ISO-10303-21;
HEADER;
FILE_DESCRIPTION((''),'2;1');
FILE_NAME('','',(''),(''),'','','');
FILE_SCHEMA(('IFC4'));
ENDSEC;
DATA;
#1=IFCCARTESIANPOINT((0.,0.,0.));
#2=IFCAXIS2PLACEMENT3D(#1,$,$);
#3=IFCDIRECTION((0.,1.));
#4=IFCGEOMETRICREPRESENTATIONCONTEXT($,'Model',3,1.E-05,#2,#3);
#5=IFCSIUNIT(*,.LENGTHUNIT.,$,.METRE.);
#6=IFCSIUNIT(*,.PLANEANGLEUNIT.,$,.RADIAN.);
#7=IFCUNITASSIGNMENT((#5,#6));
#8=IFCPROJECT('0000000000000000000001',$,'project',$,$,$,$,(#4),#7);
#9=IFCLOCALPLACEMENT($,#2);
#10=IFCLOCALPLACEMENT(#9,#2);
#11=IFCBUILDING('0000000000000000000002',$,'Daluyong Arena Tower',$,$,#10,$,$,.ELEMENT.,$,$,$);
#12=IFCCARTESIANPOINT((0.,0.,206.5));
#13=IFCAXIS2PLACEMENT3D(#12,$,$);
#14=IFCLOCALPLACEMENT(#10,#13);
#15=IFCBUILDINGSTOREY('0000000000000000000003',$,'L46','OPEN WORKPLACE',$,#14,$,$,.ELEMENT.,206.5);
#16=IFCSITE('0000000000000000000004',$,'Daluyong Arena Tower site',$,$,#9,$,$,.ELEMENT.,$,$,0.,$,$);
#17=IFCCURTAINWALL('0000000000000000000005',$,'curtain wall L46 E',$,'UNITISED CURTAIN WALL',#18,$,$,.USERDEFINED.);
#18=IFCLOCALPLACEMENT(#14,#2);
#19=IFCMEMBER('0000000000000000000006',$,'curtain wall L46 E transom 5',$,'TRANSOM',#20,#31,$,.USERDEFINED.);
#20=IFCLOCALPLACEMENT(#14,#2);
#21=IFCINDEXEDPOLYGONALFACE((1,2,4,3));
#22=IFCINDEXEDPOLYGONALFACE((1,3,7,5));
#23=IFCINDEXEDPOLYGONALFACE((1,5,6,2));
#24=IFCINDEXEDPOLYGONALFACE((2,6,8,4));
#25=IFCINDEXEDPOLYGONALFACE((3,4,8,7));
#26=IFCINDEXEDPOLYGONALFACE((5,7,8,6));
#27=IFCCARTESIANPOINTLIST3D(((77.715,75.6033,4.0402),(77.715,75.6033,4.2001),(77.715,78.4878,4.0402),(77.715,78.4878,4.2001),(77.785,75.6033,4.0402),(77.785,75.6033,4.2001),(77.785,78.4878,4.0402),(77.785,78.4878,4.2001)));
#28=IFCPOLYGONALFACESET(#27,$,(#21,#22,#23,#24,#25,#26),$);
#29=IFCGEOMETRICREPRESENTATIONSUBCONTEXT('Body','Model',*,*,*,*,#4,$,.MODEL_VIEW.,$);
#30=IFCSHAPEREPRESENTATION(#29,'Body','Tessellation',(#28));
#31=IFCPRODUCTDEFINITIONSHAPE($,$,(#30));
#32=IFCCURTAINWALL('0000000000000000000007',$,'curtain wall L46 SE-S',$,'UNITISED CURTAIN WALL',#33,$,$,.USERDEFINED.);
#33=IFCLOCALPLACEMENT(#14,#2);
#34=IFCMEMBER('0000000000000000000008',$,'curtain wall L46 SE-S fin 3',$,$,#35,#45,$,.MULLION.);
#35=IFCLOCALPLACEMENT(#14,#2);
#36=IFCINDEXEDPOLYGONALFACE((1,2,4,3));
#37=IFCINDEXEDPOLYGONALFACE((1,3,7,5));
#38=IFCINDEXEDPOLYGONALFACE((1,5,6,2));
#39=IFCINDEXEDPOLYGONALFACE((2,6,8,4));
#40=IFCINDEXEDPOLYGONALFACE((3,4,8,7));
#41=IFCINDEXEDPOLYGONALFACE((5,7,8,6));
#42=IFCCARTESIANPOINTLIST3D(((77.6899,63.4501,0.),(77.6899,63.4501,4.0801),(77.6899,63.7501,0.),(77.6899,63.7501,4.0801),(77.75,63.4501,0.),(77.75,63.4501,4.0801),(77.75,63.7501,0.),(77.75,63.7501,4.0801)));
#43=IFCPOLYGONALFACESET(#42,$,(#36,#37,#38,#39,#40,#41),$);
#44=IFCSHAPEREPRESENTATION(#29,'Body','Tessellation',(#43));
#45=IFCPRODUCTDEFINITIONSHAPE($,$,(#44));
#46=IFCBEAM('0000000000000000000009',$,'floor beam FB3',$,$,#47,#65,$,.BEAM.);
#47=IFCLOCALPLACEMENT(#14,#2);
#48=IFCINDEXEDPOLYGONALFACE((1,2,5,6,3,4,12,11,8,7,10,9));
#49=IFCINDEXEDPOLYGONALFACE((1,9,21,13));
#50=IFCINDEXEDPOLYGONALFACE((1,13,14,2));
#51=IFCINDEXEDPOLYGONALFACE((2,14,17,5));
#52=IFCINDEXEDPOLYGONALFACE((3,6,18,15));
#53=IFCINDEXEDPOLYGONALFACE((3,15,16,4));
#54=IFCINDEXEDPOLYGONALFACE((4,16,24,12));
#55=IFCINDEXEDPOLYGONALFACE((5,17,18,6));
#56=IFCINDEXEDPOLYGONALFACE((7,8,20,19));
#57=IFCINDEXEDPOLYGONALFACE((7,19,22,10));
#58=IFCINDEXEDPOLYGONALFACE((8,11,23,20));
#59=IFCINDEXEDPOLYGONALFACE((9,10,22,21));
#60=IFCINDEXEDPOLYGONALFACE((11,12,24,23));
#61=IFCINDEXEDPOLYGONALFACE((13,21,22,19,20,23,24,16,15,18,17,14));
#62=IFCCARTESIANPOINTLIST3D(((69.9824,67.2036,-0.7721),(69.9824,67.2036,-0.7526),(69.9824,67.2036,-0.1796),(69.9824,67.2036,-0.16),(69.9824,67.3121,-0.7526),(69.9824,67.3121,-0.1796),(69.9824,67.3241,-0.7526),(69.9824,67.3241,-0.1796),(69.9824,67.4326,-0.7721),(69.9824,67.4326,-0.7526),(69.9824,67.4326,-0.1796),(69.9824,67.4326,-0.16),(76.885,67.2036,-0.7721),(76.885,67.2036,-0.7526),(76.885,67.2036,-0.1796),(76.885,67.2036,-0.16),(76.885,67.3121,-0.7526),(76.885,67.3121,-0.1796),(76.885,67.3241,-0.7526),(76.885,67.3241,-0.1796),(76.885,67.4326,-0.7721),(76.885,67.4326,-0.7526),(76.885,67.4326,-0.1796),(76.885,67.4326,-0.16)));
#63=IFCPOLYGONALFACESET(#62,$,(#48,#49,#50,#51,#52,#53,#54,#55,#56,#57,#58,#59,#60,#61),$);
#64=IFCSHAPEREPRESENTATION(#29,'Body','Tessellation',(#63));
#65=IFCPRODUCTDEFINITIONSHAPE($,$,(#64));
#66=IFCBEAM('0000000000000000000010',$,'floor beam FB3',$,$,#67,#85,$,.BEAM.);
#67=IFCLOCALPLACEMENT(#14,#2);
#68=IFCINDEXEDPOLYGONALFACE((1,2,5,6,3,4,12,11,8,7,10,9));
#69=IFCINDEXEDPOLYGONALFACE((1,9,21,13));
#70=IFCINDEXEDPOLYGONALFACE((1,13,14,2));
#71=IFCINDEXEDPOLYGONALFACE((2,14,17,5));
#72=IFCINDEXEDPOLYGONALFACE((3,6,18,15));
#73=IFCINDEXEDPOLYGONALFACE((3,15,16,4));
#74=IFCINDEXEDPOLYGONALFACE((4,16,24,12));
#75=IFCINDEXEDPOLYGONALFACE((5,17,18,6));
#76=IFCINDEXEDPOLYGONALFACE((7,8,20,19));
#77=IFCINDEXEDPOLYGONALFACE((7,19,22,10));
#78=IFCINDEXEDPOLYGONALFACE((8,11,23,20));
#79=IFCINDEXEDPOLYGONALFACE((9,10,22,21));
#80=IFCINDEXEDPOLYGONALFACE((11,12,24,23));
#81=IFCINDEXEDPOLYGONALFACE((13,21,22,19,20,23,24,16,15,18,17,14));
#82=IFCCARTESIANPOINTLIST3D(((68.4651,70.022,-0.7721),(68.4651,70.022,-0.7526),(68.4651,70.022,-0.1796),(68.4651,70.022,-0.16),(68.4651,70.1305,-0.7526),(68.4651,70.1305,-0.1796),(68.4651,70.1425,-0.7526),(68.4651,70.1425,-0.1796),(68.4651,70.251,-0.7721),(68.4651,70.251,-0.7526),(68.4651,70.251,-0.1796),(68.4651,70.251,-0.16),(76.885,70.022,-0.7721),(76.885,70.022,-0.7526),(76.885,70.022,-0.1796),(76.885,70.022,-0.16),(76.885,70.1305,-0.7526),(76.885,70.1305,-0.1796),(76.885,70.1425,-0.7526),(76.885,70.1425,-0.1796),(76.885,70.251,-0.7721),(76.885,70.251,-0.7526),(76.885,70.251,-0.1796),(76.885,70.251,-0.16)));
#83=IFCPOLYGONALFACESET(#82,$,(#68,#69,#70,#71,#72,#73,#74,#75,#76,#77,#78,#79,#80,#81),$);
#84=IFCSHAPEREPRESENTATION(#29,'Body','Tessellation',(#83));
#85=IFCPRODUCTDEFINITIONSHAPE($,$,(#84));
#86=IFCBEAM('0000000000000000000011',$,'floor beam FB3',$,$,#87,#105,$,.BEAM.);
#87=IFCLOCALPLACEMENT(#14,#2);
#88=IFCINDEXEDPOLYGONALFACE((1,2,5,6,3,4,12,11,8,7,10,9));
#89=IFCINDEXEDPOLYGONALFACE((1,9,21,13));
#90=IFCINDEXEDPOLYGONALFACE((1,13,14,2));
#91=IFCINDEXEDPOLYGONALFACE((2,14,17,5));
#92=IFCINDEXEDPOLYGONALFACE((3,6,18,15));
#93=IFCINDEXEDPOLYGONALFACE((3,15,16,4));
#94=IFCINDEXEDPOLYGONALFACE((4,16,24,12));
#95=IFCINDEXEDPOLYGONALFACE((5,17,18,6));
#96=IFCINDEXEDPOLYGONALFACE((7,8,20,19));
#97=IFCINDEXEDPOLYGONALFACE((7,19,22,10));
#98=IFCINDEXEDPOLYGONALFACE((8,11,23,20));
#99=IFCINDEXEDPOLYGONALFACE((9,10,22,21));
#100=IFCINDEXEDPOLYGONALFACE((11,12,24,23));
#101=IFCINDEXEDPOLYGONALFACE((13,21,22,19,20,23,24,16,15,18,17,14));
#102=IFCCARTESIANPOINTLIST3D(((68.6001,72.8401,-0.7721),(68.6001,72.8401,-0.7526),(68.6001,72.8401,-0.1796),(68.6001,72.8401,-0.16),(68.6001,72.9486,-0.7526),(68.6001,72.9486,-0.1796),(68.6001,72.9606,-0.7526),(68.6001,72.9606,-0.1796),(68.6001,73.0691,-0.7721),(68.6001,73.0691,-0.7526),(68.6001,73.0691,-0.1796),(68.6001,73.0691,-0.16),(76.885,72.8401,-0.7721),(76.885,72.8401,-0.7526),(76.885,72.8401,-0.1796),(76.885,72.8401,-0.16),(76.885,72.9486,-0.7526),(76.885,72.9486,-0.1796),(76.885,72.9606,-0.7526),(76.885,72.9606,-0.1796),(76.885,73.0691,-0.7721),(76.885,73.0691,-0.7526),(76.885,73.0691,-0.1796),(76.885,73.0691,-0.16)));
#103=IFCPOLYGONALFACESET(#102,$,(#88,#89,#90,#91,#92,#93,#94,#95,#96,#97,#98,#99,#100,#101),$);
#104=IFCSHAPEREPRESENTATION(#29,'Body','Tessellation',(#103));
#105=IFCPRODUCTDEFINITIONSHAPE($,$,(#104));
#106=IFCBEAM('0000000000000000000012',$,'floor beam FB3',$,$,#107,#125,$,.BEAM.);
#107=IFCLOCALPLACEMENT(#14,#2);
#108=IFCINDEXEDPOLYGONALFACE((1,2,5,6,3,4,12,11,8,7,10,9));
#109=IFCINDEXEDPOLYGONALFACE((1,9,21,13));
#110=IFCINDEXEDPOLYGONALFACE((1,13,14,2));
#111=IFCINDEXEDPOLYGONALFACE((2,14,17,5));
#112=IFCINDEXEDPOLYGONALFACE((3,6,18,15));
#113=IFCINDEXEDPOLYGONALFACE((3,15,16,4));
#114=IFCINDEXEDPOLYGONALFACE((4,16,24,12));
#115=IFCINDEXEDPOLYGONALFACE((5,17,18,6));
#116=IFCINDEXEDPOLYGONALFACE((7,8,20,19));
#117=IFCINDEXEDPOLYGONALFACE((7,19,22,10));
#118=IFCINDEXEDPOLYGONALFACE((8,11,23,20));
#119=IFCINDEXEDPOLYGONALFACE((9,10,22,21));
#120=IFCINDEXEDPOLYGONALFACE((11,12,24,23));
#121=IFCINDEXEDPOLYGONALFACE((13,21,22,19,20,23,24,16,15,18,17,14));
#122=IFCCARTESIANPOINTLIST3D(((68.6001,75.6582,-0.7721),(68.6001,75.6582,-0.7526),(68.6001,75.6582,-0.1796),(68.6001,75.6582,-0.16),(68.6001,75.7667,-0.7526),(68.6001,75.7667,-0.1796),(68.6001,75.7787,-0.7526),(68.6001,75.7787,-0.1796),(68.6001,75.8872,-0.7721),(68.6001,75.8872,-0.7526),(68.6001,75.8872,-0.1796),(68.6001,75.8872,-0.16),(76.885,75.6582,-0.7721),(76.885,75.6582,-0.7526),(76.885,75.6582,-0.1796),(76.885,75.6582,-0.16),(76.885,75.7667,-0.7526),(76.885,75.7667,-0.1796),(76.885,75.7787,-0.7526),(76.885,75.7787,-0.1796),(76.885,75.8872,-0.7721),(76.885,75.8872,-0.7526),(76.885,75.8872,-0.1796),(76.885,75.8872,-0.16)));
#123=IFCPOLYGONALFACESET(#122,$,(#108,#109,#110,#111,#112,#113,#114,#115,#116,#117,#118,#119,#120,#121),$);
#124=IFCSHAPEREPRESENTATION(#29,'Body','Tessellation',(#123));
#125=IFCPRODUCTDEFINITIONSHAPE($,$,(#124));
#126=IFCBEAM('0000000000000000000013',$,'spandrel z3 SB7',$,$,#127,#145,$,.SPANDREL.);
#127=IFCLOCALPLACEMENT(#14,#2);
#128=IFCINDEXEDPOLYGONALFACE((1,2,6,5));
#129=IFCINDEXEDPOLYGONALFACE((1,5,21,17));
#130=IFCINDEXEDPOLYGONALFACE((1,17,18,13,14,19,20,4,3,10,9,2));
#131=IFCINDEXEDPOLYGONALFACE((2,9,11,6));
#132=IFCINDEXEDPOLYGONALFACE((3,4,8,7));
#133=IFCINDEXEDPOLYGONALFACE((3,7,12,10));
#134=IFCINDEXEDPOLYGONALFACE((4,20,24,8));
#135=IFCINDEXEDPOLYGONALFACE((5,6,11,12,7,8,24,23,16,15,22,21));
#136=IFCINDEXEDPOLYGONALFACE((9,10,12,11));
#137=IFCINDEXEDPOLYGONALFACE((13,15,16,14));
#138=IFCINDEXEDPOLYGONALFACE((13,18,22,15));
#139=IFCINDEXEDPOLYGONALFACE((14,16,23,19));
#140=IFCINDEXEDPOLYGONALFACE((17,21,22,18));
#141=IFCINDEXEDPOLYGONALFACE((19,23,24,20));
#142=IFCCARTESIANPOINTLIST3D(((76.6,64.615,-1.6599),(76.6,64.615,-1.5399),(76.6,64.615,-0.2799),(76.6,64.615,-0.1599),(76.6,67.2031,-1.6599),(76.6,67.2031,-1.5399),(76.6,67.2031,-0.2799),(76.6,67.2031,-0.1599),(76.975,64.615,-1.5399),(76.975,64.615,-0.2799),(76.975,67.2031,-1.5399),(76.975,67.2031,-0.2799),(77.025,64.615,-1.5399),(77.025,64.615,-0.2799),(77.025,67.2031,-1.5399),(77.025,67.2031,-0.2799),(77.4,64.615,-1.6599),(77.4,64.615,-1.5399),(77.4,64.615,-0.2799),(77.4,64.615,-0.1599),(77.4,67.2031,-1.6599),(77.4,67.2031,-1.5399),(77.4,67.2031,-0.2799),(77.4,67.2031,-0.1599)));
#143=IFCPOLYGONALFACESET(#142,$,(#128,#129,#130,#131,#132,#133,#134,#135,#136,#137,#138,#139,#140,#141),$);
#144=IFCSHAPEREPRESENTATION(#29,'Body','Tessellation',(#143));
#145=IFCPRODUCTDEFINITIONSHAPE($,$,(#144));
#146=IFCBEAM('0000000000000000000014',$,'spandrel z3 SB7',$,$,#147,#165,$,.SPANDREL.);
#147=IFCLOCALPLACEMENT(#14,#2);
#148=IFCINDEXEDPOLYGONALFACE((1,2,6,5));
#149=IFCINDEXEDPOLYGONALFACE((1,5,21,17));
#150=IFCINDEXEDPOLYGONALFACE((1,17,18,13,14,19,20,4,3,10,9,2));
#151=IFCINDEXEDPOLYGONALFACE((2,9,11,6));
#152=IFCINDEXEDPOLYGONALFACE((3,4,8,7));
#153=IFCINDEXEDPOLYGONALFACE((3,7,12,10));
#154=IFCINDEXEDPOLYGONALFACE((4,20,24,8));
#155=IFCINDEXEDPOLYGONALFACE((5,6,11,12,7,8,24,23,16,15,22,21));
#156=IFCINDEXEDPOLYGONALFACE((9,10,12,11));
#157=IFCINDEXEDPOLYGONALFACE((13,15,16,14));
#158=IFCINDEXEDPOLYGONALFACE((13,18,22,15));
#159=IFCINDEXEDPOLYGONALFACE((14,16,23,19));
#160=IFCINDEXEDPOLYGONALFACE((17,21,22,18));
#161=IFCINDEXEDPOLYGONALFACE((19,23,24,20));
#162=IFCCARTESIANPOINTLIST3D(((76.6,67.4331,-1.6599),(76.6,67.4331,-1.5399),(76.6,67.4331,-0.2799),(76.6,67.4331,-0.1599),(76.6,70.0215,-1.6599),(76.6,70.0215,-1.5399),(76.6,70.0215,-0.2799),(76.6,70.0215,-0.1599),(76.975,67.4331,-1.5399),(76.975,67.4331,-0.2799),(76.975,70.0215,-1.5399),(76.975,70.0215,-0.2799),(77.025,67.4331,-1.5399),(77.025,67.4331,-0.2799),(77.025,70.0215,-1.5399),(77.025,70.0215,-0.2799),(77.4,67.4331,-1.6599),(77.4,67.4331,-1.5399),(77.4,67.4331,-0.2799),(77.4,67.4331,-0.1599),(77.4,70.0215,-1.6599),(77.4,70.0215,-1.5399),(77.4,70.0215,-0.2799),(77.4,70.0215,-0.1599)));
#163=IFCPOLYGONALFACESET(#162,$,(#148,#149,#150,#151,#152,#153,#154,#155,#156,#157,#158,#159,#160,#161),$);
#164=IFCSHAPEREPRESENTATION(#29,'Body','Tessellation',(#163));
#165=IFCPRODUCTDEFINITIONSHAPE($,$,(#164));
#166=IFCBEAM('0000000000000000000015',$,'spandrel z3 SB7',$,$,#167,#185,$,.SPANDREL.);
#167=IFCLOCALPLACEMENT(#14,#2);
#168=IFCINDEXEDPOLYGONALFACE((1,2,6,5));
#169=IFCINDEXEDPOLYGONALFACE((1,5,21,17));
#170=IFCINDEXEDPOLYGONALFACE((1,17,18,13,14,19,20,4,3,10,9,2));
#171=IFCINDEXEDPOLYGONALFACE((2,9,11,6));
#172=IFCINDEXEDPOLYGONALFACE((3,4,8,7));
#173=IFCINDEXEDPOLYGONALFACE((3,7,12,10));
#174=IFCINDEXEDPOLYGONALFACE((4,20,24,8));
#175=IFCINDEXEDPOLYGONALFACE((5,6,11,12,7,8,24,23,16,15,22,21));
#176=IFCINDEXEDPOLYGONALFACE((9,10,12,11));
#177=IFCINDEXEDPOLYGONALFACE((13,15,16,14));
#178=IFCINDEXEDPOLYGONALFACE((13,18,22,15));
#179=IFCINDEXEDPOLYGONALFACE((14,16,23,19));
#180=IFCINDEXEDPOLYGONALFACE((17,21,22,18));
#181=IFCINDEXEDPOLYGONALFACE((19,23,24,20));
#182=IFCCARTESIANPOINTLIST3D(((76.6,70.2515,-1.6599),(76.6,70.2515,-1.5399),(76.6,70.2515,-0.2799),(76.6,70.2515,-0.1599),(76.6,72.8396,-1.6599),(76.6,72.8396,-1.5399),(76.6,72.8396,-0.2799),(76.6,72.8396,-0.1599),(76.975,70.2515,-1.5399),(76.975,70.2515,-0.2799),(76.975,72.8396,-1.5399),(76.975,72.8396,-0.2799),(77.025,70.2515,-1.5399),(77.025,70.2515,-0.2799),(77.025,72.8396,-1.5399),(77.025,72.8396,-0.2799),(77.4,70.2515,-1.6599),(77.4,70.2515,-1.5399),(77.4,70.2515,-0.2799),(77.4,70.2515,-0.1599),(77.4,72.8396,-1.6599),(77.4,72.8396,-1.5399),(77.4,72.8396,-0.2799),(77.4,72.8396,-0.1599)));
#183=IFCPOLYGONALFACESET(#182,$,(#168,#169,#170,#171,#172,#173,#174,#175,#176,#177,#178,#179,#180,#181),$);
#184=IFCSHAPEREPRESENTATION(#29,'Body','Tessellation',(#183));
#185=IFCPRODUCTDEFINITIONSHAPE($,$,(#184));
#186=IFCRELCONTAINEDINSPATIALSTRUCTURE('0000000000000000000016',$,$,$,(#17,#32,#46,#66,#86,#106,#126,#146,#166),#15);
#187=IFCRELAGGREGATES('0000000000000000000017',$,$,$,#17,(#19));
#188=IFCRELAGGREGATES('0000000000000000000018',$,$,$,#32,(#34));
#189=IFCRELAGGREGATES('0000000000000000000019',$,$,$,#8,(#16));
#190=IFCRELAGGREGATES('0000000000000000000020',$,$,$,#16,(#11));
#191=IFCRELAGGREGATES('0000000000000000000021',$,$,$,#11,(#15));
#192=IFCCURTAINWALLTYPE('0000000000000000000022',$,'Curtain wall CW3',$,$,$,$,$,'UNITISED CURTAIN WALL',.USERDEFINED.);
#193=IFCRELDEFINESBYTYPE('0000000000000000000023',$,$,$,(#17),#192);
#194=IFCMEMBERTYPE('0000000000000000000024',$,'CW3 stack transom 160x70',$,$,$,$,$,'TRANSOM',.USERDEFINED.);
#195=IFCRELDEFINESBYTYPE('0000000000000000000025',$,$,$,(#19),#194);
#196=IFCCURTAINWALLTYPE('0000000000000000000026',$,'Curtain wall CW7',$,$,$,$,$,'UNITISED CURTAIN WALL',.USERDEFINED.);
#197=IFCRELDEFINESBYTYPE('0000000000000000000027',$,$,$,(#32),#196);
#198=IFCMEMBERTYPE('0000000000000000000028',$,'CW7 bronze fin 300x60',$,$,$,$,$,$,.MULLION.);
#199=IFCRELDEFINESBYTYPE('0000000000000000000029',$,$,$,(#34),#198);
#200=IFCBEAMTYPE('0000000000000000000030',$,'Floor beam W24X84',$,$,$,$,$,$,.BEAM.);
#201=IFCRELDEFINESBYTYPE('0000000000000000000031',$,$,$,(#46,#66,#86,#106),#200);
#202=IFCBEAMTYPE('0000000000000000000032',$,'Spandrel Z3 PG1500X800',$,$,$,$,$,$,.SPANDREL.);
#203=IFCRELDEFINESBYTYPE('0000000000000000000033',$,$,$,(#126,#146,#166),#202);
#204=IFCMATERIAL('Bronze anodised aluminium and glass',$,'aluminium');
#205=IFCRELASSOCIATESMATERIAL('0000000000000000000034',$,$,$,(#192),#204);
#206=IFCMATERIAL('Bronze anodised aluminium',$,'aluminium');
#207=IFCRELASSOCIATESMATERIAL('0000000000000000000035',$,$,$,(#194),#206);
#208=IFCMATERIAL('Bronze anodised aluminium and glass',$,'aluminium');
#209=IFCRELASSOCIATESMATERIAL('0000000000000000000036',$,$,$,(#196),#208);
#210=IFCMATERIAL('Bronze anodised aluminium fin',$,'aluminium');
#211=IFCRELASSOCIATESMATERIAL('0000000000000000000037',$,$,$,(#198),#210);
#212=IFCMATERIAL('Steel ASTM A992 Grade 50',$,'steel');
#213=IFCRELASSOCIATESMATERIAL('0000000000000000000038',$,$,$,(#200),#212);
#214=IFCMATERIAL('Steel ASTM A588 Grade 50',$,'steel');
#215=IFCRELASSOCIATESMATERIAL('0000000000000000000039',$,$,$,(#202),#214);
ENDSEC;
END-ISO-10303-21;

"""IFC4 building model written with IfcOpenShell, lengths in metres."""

from ifc_helpers import new_model, si_unit, direction, frame, origin, origin_2d, place, context, subcontext, project, spatial, rectangle, i_section, extrude, material, material_profile, profile_set, type_object, element, aggregate, save


model = new_model("IFC4")

# Units and contexts
model_context = context("Model", 3, precision=1e-05, world=origin(), true_north=direction((0.0, 1.0)))
body_context = subcontext(model_context, "Body", "Model", "MODEL_VIEW")
ifc_project = project(units=[si_unit("LENGTHUNIT", "METRE"), si_unit("PLANEANGLEUNIT", "RADIAN")], contexts=[model_context])

# Site, building, storey
site_placement = place(None, origin())
site = spatial("IfcSite", under=ifc_project, at=site_placement, Name="Daluyong Arena Tower site", CompositionType="ELEMENT", RefElevation=0.0)
building_placement = place(site_placement, origin())
building = spatial("IfcBuilding", under=site, at=building_placement, Name="Daluyong Arena Tower", CompositionType="ELEMENT")
storey_placement = place(building_placement, frame((0.0, 0.0, 206.5)))
storey = spatial("IfcBuildingStorey", under=building, at=storey_placement, Name="L46", Description="OPEN WORKPLACE", CompositionType="ELEMENT", Elevation=206.5)

# Curtain wall, member
ifc_material_1 = material(Name="Bronze anodised aluminium and glass", Category="aluminium")
curtain_wall_type_1 = type_object("IfcCurtainWallType", Name="Curtain wall CW3", ElementType="UNITISED CURTAIN WALL", PredefinedType="USERDEFINED", material=ifc_material_1)
curtain_wall_1_placement = place(storey_placement, origin())
curtain_wall_1 = element("IfcCurtainWall", 1, at=curtain_wall_1_placement, inside=storey, type_object=curtain_wall_type_1, Name="curtain wall L46 E", ObjectType="UNITISED CURTAIN WALL", PredefinedType="USERDEFINED")
ifc_material_2 = material(Name="Bronze anodised aluminium", Category="aluminium")
ifc_material_profile_1 = material_profile(ifc_material_2, rectangle(XDim=0.0701, YDim=0.1599, at=origin_2d()))
ifc_profile_set_1 = profile_set([ifc_material_profile_1], Name="Bronze anodised aluminium")
member_type_1 = type_object("IfcMemberType", Name="CW3 stack transom 160x70", ElementType="TRANSOM", PredefinedType="USERDEFINED", material=ifc_profile_set_1)
member_1_placement = place(storey_placement, frame((77.75, 75.6033, 4.1201), z_axis=(0.0, 1.0, 0.0), x_axis=(-1.0, 0.0, 0.0)))
member_1 = element("IfcMember", 2, at=member_1_placement, type_object=member_type_1, Name="curtain wall L46 E transom 5", ObjectType="TRANSOM", PredefinedType="USERDEFINED", context=body_context, shape_type="SweptSolid", body=[
    extrude(rectangle(XDim=0.0701, YDim=0.1599, at=origin_2d()), origin(), (0.0, 0.0, 1.0), 2.8845),
])

# Curtain wall, member
ifc_material_3 = material(Name="Bronze anodised aluminium and glass", Category="aluminium")
curtain_wall_type_2 = type_object("IfcCurtainWallType", Name="Curtain wall CW7", ElementType="UNITISED CURTAIN WALL", PredefinedType="USERDEFINED", material=ifc_material_3)
curtain_wall_2_placement = place(storey_placement, origin())
curtain_wall_2 = element("IfcCurtainWall", 3, at=curtain_wall_2_placement, inside=storey, type_object=curtain_wall_type_2, Name="curtain wall L46 SE-S", ObjectType="UNITISED CURTAIN WALL", PredefinedType="USERDEFINED")
ifc_material_4 = material(Name="Bronze anodised aluminium fin", Category="aluminium")
ifc_material_profile_2 = material_profile(ifc_material_4, rectangle(XDim=0.3, YDim=0.0601, at=origin_2d()))
ifc_profile_set_2 = profile_set([ifc_material_profile_2], Name="Bronze anodised aluminium fin")
member_type_2 = type_object("IfcMemberType", Name="CW7 bronze fin 300x60", PredefinedType="MULLION", material=ifc_profile_set_2)
member_2_placement = place(storey_placement, frame((77.72, 63.6001, 0.0), z_axis=(0.0, 0.0, 1.0), x_axis=(0.0, 1.0, 0.0)))
member_2 = element("IfcMember", 4, at=member_2_placement, type_object=member_type_2, Name="curtain wall L46 SE-S fin 3", PredefinedType="MULLION", context=body_context, shape_type="SweptSolid", body=[
    extrude(rectangle(XDim=0.3, YDim=0.0601, at=origin_2d()), origin(), (0.0, 0.0, 1.0), 4.0801),
])

# Beams
ifc_material_5 = material(Name="Steel ASTM A992 Grade 50", Category="steel")
ifc_material_profile_3 = material_profile(ifc_material_5, i_section(OverallWidth=0.229, OverallDepth=0.6121, WebThickness=0.012, FlangeThickness=0.0195, at=origin_2d()))
ifc_profile_set_3 = profile_set([ifc_material_profile_3], Name="Steel ASTM A992 Grade 50")
beam_type_1 = type_object("IfcBeamType", Name="Floor beam W24X84", PredefinedType="BEAM", material=ifc_profile_set_3)
beam_1_placement = place(storey_placement, frame((76.885, 67.3181, -0.4661), z_axis=(-1.0, 0.0, 0.0), x_axis=(0.0, -1.0, 0.0)))
element("IfcBeam", 5, at=beam_1_placement, inside=storey, type_object=beam_type_1, Name="floor beam FB3", PredefinedType="BEAM", context=body_context, shape_type="SweptSolid", body=[
    extrude(i_section(OverallWidth=0.229, OverallDepth=0.6121, WebThickness=0.012, FlangeThickness=0.0195, at=origin_2d()), origin(), (0.0, 0.0, 1.0), 6.9026),
])
beam_2_placement = place(storey_placement, frame((76.885, 70.1365, -0.4661), z_axis=(-1.0, 0.0, 0.0), x_axis=(0.0, -1.0, 0.0)))
element("IfcBeam", 6, at=beam_2_placement, inside=storey, type_object=beam_type_1, Name="floor beam FB3", PredefinedType="BEAM", context=body_context, shape_type="SweptSolid", body=[
    extrude(i_section(OverallWidth=0.229, OverallDepth=0.6121, WebThickness=0.012, FlangeThickness=0.0195, at=origin_2d()), origin(), (0.0, 0.0, 1.0), 8.4199),
])
for number, where, z_axis, x_axis, name in (
    (7, (76.885, 72.9546, -0.4661), (-1.0, 0.0, 0.0), (0.0, -1.0, 0.0), "floor beam FB3"),
    (8, (76.885, 75.7727, -0.4661), (-1.0, 0.0, 0.0), (0.0, -1.0, 0.0), "floor beam FB3"),
):
    element("IfcBeam", number, at=place(storey_placement, frame(where, z_axis=z_axis, x_axis=x_axis)), inside=storey, type_object=beam_type_1, Name=name, PredefinedType="BEAM", context=body_context, shape_type="SweptSolid", body=[
        extrude(i_section(OverallWidth=0.229, OverallDepth=0.6121, WebThickness=0.012, FlangeThickness=0.0195, at=origin_2d()), origin(), (0.0, 0.0, 1.0), 8.2849),
    ])
ifc_material_6 = material(Name="Steel ASTM A588 Grade 50", Category="steel")
ifc_material_profile_4 = material_profile(ifc_material_6, i_section(OverallWidth=0.8, OverallDepth=1.5, WebThickness=0.05, FlangeThickness=0.12, at=origin_2d()))
ifc_profile_set_4 = profile_set([ifc_material_profile_4], Name="Steel ASTM A588 Grade 50")
beam_type_2 = type_object("IfcBeamType", Name="Spandrel Z3 PG1500X800", PredefinedType="SPANDREL", material=ifc_profile_set_4)
beam_3_placement = place(storey_placement, frame((77.0, 64.615, -0.9099), z_axis=(0.0, 1.0, 0.0), x_axis=(-1.0, 0.0, 0.0)))
element("IfcBeam", 9, at=beam_3_placement, inside=storey, type_object=beam_type_2, Name="spandrel z3 SB7", PredefinedType="SPANDREL", context=body_context, shape_type="SweptSolid", body=[
    extrude(i_section(OverallWidth=0.8, OverallDepth=1.5, WebThickness=0.05, FlangeThickness=0.12, at=origin_2d()), origin(), (0.0, 0.0, 1.0), 2.5881),
])
beam_4_placement = place(storey_placement, frame((77.0, 67.4331, -0.9099), z_axis=(0.0, 1.0, 0.0), x_axis=(-1.0, 0.0, 0.0)))
element("IfcBeam", 10, at=beam_4_placement, inside=storey, type_object=beam_type_2, Name="spandrel z3 SB7", PredefinedType="SPANDREL", context=body_context, shape_type="SweptSolid", body=[
    extrude(i_section(OverallWidth=0.8, OverallDepth=1.5, WebThickness=0.05, FlangeThickness=0.12, at=origin_2d()), origin(), (0.0, 0.0, 1.0), 2.5884),
])
for number, where, z_axis, x_axis, name in (
    (11, (77.0, 70.2515, -0.9099), (0.0, 1.0, 0.0), (-1.0, 0.0, 0.0), "spandrel z3 SB7"),
):
    element("IfcBeam", number, at=place(storey_placement, frame(where, z_axis=z_axis, x_axis=x_axis)), inside=storey, type_object=beam_type_2, Name=name, PredefinedType="SPANDREL", context=body_context, shape_type="SweptSolid", body=[
        extrude(i_section(OverallWidth=0.8, OverallDepth=1.5, WebThickness=0.05, FlangeThickness=0.12, at=origin_2d()), origin(), (0.0, 0.0, 1.0), 2.5881),
    ])

aggregate(curtain_wall_1, [member_1])
aggregate(curtain_wall_2, [member_2])

save(model, "model.ifc")
